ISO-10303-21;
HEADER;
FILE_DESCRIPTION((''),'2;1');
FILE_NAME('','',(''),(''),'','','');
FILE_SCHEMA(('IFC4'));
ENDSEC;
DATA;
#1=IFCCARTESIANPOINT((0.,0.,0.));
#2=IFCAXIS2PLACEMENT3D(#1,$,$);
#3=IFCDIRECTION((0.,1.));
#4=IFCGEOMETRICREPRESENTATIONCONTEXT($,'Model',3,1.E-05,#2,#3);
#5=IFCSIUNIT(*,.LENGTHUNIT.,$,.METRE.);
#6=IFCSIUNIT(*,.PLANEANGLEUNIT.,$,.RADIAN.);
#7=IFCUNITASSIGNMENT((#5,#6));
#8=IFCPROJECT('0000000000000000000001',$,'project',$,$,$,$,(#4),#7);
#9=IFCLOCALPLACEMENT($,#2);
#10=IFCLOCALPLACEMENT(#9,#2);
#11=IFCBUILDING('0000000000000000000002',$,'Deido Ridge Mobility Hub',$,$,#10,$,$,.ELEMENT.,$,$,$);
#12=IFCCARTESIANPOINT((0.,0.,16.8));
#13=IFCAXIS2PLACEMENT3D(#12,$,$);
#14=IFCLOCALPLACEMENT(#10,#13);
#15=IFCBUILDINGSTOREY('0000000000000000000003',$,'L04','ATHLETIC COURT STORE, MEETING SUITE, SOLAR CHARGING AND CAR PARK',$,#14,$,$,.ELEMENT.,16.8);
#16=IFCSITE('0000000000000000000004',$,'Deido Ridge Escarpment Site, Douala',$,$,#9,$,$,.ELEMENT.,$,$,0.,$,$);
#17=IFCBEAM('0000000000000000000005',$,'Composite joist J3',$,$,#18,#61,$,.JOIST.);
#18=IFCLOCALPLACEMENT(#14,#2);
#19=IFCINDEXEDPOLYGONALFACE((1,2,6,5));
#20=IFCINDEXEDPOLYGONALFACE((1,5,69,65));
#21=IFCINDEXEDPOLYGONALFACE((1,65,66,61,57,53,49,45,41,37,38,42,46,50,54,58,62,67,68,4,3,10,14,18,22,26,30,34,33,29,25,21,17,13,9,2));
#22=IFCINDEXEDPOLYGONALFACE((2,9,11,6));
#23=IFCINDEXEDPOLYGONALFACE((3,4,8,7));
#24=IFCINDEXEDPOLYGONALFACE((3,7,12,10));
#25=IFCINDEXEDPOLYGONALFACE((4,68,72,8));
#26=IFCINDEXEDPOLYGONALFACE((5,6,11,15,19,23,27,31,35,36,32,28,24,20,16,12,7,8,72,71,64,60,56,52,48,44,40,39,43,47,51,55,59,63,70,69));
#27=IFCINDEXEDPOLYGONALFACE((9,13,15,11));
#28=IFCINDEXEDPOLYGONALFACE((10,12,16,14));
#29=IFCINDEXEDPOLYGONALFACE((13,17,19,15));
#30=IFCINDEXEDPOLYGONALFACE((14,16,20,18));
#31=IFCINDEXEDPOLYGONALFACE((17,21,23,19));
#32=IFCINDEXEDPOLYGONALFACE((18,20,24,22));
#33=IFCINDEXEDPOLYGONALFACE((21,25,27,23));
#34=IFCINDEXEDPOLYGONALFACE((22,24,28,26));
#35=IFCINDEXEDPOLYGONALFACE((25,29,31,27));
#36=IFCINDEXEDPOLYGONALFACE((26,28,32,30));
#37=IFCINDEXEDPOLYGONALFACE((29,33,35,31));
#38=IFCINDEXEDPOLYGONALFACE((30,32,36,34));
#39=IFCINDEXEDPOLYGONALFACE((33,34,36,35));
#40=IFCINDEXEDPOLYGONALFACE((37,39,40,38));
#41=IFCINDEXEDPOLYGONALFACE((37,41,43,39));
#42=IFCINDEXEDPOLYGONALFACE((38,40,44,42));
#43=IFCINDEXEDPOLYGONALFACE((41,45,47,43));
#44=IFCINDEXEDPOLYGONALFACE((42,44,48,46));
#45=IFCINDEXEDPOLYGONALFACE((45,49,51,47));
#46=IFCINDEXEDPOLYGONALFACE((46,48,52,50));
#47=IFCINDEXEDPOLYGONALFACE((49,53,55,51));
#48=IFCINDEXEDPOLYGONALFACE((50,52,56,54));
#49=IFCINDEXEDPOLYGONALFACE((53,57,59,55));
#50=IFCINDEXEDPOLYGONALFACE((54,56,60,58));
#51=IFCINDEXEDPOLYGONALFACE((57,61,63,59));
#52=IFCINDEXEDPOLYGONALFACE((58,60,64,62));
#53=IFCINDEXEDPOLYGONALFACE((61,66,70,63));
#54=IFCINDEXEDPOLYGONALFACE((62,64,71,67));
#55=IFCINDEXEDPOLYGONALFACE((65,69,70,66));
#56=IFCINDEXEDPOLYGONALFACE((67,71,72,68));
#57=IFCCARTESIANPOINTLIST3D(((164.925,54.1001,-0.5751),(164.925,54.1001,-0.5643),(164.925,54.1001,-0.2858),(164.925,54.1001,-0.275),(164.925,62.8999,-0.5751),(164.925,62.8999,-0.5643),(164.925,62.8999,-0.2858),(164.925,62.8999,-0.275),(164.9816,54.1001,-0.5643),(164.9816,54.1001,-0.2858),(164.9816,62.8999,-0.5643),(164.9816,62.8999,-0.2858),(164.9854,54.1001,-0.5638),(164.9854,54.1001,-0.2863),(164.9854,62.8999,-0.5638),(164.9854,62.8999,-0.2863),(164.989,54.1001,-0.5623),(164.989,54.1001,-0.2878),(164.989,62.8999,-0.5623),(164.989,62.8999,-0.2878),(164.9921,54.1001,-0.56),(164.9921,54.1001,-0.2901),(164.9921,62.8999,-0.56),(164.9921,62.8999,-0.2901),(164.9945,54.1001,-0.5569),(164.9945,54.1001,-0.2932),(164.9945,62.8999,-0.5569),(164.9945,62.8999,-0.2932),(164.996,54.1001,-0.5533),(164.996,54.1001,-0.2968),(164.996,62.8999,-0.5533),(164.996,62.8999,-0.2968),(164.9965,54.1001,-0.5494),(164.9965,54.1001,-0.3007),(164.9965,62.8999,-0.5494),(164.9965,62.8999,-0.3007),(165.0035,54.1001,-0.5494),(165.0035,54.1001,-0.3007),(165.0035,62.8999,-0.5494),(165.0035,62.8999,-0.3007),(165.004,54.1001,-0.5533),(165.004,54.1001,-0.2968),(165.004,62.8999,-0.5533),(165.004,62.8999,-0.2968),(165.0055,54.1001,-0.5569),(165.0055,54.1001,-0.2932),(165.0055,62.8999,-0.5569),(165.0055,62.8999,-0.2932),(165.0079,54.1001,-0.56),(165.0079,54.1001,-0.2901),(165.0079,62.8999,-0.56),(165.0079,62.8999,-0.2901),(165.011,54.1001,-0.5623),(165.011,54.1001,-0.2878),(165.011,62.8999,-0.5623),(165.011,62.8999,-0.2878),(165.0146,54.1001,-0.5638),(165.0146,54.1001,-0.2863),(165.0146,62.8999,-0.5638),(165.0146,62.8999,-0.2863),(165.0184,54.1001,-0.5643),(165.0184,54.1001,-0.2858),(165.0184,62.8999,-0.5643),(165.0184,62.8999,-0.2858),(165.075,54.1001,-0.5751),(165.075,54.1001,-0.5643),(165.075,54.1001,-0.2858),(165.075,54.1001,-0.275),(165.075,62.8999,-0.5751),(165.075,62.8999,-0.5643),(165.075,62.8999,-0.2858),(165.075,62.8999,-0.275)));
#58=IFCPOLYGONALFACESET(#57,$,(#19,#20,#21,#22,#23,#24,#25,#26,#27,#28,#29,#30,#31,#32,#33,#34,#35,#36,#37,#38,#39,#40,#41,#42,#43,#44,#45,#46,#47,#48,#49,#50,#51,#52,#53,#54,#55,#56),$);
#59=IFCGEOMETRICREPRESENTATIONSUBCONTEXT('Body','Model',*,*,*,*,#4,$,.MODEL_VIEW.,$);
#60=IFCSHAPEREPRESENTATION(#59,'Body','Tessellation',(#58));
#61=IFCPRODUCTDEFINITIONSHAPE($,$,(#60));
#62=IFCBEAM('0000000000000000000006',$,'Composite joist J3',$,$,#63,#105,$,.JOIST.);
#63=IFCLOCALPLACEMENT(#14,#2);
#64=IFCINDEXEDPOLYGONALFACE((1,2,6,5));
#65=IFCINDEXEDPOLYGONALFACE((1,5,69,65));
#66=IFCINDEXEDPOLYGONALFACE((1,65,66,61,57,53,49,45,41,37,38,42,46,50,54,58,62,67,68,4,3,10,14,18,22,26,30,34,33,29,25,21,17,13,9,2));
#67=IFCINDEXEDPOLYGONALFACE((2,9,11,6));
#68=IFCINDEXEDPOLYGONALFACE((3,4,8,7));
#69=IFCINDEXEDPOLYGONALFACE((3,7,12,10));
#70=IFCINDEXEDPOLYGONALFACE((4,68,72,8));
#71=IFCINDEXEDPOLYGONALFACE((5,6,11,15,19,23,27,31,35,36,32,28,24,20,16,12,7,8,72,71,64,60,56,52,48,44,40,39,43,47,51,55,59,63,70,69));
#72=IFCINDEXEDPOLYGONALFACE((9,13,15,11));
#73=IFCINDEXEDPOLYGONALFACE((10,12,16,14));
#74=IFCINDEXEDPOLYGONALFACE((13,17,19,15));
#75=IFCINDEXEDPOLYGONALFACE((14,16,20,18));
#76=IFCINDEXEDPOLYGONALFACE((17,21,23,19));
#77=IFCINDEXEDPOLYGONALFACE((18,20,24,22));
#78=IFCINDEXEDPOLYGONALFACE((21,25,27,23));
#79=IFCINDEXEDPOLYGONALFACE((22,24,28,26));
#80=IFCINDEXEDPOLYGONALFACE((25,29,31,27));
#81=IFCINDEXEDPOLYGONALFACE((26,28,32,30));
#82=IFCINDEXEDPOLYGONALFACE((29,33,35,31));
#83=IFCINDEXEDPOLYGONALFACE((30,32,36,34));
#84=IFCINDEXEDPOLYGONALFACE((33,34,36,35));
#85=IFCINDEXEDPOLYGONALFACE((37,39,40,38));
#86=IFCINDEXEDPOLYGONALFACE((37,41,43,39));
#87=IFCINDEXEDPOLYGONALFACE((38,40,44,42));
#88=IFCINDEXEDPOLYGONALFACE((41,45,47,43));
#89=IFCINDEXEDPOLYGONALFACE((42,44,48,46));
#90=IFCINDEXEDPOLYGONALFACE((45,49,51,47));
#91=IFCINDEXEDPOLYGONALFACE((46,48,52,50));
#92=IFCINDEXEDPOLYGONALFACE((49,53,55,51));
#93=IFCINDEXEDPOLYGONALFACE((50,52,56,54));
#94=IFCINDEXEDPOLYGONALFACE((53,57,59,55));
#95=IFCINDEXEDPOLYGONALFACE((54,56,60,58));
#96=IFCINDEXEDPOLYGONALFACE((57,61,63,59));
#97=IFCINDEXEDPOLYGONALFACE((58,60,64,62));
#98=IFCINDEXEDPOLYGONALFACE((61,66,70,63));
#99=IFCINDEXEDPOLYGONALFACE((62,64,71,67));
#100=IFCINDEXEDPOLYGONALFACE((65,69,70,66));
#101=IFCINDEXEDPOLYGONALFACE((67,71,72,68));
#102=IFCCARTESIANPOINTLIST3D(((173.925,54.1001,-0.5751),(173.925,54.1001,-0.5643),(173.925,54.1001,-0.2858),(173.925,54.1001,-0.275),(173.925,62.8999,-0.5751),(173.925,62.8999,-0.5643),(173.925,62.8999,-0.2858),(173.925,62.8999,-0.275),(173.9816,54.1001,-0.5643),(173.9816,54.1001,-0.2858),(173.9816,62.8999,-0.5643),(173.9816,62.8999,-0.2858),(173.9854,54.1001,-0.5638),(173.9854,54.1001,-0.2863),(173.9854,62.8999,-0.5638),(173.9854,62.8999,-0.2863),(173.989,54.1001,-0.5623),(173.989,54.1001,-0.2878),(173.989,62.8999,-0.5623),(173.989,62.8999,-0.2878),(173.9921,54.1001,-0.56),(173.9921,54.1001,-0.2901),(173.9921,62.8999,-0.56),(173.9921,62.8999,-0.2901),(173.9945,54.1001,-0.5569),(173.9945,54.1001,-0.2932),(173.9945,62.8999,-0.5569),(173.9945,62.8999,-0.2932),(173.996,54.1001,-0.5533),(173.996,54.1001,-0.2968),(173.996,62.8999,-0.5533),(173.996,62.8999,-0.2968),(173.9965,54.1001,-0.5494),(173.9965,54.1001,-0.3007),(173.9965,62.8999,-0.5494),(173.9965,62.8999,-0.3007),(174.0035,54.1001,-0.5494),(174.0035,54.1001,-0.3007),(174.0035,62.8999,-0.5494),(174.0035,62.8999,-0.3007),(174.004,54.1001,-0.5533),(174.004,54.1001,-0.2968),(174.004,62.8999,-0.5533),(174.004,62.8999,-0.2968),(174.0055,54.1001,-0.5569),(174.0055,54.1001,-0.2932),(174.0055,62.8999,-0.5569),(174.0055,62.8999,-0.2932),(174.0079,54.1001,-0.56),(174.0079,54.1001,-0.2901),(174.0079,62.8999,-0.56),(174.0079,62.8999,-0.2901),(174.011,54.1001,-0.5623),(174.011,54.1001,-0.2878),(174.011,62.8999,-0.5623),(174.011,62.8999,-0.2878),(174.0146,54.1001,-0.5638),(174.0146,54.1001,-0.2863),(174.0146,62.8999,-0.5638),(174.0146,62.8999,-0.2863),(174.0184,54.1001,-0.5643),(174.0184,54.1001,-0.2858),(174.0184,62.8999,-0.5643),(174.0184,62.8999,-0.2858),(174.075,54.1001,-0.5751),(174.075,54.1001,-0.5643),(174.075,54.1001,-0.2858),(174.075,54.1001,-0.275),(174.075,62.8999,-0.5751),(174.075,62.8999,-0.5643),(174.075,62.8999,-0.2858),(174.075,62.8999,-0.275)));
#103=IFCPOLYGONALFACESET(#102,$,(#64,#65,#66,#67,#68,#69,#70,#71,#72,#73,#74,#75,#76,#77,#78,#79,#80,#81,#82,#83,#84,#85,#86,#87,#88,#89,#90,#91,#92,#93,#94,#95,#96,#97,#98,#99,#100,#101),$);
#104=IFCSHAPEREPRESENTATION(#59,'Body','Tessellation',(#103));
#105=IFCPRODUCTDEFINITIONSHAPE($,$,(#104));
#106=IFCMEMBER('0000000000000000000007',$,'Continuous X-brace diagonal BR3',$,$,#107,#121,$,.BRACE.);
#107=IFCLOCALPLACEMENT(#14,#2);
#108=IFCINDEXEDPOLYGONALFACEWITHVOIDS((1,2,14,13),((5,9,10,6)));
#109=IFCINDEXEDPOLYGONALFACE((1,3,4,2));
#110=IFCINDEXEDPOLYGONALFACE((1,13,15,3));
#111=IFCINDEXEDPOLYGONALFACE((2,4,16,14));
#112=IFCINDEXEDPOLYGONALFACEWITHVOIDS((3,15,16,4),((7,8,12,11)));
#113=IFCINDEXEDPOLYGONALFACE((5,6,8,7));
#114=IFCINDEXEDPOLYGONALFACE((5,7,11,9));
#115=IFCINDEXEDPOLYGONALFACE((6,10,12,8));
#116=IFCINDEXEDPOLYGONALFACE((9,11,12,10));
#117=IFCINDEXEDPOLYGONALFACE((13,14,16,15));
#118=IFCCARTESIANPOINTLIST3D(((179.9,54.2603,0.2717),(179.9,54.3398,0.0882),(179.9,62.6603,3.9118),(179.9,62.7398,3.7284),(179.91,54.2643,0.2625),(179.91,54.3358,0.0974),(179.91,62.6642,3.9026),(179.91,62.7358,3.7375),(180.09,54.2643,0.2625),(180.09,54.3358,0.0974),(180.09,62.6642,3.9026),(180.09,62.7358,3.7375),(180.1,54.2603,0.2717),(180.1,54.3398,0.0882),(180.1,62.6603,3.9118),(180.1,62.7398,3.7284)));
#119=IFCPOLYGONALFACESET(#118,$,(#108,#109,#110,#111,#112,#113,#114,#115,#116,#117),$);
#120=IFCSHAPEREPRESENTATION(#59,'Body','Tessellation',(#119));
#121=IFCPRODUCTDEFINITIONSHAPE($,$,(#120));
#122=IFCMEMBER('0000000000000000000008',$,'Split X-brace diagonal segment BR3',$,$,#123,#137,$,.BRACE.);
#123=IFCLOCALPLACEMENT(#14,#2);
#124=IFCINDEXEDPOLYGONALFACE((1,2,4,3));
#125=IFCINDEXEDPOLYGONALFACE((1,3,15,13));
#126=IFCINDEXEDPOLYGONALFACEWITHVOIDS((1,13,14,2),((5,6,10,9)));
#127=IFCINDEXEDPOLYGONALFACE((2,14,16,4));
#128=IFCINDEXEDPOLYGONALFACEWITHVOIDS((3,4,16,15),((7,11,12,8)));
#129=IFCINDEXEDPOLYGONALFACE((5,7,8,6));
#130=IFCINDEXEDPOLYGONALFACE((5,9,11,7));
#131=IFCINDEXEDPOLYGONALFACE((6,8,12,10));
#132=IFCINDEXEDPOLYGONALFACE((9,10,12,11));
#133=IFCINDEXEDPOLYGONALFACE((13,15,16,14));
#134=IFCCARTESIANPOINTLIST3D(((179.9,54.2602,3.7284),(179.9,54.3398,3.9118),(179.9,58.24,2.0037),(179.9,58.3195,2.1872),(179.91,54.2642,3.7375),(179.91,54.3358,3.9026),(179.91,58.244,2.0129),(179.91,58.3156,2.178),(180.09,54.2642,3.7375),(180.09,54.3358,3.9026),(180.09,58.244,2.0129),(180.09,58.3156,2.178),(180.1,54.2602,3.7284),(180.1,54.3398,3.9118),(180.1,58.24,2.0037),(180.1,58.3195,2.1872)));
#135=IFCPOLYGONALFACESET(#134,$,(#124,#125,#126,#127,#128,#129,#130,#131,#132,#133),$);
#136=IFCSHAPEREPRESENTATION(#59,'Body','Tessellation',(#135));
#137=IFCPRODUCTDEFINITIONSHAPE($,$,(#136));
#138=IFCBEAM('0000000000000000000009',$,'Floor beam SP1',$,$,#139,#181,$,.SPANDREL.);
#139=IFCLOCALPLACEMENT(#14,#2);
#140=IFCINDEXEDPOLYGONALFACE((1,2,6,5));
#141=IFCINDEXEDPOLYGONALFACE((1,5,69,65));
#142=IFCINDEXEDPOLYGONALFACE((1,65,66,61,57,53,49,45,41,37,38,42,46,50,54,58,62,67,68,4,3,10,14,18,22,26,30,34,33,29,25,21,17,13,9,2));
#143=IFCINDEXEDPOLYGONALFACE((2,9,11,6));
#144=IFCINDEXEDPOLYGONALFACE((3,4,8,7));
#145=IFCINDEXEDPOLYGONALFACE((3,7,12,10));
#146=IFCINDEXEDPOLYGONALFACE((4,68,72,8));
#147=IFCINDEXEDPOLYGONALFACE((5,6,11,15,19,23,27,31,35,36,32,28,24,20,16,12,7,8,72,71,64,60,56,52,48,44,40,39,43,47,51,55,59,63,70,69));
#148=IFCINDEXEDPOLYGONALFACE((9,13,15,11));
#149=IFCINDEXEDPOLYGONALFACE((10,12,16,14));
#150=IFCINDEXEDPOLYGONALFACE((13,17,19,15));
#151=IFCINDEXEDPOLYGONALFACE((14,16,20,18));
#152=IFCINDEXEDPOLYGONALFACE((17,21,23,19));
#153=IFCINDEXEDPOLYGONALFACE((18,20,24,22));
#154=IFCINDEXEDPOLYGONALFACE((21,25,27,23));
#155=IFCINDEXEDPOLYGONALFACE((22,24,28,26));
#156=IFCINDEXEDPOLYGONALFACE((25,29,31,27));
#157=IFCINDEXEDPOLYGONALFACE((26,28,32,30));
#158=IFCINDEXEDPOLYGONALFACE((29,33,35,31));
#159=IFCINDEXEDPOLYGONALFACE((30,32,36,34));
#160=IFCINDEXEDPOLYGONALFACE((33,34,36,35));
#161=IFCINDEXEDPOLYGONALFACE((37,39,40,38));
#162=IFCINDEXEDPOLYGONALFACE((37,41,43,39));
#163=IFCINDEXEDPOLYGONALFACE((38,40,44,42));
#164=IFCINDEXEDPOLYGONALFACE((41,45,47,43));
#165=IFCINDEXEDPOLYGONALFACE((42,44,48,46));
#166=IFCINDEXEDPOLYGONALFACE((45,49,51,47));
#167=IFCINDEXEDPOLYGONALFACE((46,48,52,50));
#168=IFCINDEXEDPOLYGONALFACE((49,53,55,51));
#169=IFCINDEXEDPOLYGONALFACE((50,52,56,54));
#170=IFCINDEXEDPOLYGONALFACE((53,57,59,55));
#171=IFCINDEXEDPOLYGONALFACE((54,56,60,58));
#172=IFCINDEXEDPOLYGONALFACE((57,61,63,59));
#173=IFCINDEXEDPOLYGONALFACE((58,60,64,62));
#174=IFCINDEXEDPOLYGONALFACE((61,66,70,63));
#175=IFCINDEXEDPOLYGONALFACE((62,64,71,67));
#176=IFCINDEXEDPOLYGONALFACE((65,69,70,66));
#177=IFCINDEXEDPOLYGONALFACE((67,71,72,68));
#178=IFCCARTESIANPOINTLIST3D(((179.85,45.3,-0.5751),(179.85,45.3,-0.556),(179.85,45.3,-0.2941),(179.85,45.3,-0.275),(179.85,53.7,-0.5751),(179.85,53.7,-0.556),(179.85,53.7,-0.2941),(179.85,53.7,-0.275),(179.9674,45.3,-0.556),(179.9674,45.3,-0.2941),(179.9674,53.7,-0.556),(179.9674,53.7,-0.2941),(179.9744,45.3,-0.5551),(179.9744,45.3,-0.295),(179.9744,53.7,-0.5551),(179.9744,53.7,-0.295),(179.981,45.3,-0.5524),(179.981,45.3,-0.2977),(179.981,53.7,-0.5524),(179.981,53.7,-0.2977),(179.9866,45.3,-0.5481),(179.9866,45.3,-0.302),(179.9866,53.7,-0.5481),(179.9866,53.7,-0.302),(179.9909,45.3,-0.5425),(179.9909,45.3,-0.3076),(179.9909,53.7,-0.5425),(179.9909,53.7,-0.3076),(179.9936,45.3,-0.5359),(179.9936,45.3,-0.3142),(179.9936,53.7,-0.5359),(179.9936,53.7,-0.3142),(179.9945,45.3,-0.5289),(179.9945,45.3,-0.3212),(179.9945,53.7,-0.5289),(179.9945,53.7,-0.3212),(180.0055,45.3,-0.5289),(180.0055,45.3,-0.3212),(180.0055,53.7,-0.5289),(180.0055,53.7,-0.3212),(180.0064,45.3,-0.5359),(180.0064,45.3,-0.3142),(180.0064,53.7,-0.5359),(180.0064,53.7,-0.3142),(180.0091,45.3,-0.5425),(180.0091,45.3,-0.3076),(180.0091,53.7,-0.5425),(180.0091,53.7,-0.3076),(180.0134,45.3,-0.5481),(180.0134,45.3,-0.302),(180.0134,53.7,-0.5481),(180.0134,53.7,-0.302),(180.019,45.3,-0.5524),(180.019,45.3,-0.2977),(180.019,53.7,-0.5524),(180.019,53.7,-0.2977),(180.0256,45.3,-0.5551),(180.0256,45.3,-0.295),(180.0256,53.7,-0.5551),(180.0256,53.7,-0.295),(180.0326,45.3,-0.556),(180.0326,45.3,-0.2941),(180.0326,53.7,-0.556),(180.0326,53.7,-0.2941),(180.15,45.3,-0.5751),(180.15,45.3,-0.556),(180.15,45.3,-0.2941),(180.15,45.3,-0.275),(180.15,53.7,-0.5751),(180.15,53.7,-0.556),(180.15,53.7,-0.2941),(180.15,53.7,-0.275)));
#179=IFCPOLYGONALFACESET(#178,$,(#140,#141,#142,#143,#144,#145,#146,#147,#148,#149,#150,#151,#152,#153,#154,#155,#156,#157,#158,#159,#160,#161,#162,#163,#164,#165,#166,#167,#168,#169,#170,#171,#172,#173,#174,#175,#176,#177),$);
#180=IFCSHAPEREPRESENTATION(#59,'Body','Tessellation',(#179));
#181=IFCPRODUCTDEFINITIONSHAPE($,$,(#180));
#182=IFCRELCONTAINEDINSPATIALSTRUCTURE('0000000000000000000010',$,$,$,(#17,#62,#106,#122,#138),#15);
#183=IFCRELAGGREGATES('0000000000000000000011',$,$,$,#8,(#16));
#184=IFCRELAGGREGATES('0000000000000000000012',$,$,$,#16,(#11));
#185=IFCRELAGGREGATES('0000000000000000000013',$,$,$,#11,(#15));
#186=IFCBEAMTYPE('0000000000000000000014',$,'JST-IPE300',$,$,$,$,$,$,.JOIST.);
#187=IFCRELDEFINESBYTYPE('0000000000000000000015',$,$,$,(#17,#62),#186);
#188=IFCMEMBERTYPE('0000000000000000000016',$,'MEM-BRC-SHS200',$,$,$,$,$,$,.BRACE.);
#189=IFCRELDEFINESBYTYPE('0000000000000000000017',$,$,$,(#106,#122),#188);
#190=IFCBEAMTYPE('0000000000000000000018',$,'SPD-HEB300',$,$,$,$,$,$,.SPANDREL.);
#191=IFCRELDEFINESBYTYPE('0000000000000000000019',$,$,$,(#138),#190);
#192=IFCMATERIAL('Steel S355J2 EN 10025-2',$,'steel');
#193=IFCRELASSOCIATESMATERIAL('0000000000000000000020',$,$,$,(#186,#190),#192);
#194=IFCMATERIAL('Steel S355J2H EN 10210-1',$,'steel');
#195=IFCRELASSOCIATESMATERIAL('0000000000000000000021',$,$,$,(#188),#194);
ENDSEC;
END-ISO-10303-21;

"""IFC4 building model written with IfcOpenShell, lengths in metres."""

from ifc_helpers import new_model, si_unit, direction, frame, origin, origin_2d, place, context, subcontext, project, spatial, hollow_rectangle, i_section, extrude, material, material_profile, profile_set, type_object, element, save


model = new_model("IFC4")

# Units and contexts
model_context = context("Model", 3, precision=1e-05, world=origin(), true_north=direction((0.0, 1.0)))
body_context = subcontext(model_context, "Body", "Model", "MODEL_VIEW")
ifc_project = project(units=[si_unit("LENGTHUNIT", "METRE"), si_unit("PLANEANGLEUNIT", "RADIAN")], contexts=[model_context])

# Site, building, storey
site_placement = place(None, origin())
site = spatial("IfcSite", under=ifc_project, at=site_placement, Name="Deido Ridge Escarpment Site, Douala", CompositionType="ELEMENT", RefElevation=0.0)
building_placement = place(site_placement, origin())
building = spatial("IfcBuilding", under=site, at=building_placement, Name="Deido Ridge Mobility Hub", CompositionType="ELEMENT")
storey_placement = place(building_placement, frame((0.0, 0.0, 16.8)))
storey = spatial("IfcBuildingStorey", under=building, at=storey_placement, Name="L04", Description="ATHLETIC COURT STORE, MEETING SUITE, SOLAR CHARGING AND CAR PARK", CompositionType="ELEMENT", Elevation=16.8)

# Shared definitions
ifc_material_1 = material(Name="Steel S355J2 EN 10025-2", Category="steel")

# Beams
ifc_material_profile_1 = material_profile(ifc_material_1, i_section(OverallWidth=0.1499, OverallDepth=0.3, WebThickness=0.0071, FlangeThickness=0.0107, FilletRadius=0.0149, at=origin_2d()), Name="IPE 300")
ifc_profile_set_1 = profile_set([ifc_material_profile_1], Name="Steel S355J2 EN 10025-2")
beam_type_1 = type_object("IfcBeamType", Name="JST-IPE300", PredefinedType="JOIST", material=ifc_profile_set_1)
for number, where, z_axis, x_axis, name in (
    (1, (165.0, 54.1001, -0.425), (0.0, 1.0, 0.0), (-1.0, 0.0, 0.0), "Composite joist J3"),
    (2, (174.0, 54.1001, -0.425), (0.0, 1.0, 0.0), (-1.0, 0.0, 0.0), "Composite joist J3"),
):
    element("IfcBeam", number, at=place(storey_placement, frame(where, z_axis=z_axis, x_axis=x_axis)), inside=storey, type_object=beam_type_1, Name=name, PredefinedType="JOIST", context=body_context, shape_type="SweptSolid", body=[
        extrude(i_section(OverallWidth=0.1499, OverallDepth=0.3, WebThickness=0.0071, FlangeThickness=0.0107, FilletRadius=0.0149, at=origin_2d()), origin(), (0.0, 0.0, 1.0), 8.7998),
    ])

# Members
ifc_material_2 = material(Name="Steel S355J2H EN 10210-1", Category="steel")
ifc_material_profile_2 = material_profile(ifc_material_2, hollow_rectangle(XDim=0.2, YDim=0.2, WallThickness=0.01, at=origin_2d()), Name="SHS 200x200x10")
ifc_profile_set_2 = profile_set([ifc_material_profile_2], Name="Steel S355J2H EN 10210-1")
member_type = type_object("IfcMemberType", Name="MEM-BRC-SHS200", PredefinedType="BRACE", material=ifc_profile_set_2)
member_1_placement = place(storey_placement, frame((180.0, 54.3, 0.1799), z_axis=(0.0, 0.917548, 0.397624), x_axis=(-1.0, 0.0, 0.0)))
element("IfcMember", 3, at=member_1_placement, inside=storey, type_object=member_type, Name="Continuous X-brace diagonal BR3", PredefinedType="BRACE", context=body_context, shape_type="SweptSolid", body=[
    extrude(hollow_rectangle(XDim=0.2, YDim=0.2, WallThickness=0.01, at=origin_2d()), origin(), (0.0, 0.0, 1.0), 9.1548),
])
member_2_placement = place(storey_placement, frame((180.0, 58.2798, 2.0955), z_axis=(0.0, -0.917551, 0.397618), x_axis=(1.0, 0.0, 0.0)))
element("IfcMember", 4, at=member_2_placement, inside=storey, type_object=member_type, Name="Split X-brace diagonal segment BR3", PredefinedType="BRACE", context=body_context, shape_type="SweptSolid", body=[
    extrude(hollow_rectangle(XDim=0.2, YDim=0.2, WallThickness=0.01, at=origin_2d()), origin(), (0.0, 0.0, 1.0), 4.3374),
])

# Beam
ifc_material_profile_3 = material_profile(ifc_material_1, i_section(OverallWidth=0.3, OverallDepth=0.3, WebThickness=0.011, FlangeThickness=0.019, FilletRadius=0.0271, at=origin_2d()), Name="HEB 300")
ifc_profile_set_3 = profile_set([ifc_material_profile_3], Name="Steel S355J2 EN 10025-2")
beam_type_2 = type_object("IfcBeamType", Name="SPD-HEB300", PredefinedType="SPANDREL", material=ifc_profile_set_3)
beam_1_placement = place(storey_placement, frame((180.0, 45.3, -0.425), z_axis=(0.0, 1.0, 0.0), x_axis=(-1.0, 0.0, 0.0)))
element("IfcBeam", 5, at=beam_1_placement, inside=storey, type_object=beam_type_2, Name="Floor beam SP1", PredefinedType="SPANDREL", context=body_context, shape_type="SweptSolid", body=[
    extrude(i_section(OverallWidth=0.3, OverallDepth=0.3, WebThickness=0.011, FlangeThickness=0.019, FilletRadius=0.0271, at=origin_2d()), origin(), (0.0, 0.0, 1.0), 8.3999),
])

save(model, "model.ifc")
